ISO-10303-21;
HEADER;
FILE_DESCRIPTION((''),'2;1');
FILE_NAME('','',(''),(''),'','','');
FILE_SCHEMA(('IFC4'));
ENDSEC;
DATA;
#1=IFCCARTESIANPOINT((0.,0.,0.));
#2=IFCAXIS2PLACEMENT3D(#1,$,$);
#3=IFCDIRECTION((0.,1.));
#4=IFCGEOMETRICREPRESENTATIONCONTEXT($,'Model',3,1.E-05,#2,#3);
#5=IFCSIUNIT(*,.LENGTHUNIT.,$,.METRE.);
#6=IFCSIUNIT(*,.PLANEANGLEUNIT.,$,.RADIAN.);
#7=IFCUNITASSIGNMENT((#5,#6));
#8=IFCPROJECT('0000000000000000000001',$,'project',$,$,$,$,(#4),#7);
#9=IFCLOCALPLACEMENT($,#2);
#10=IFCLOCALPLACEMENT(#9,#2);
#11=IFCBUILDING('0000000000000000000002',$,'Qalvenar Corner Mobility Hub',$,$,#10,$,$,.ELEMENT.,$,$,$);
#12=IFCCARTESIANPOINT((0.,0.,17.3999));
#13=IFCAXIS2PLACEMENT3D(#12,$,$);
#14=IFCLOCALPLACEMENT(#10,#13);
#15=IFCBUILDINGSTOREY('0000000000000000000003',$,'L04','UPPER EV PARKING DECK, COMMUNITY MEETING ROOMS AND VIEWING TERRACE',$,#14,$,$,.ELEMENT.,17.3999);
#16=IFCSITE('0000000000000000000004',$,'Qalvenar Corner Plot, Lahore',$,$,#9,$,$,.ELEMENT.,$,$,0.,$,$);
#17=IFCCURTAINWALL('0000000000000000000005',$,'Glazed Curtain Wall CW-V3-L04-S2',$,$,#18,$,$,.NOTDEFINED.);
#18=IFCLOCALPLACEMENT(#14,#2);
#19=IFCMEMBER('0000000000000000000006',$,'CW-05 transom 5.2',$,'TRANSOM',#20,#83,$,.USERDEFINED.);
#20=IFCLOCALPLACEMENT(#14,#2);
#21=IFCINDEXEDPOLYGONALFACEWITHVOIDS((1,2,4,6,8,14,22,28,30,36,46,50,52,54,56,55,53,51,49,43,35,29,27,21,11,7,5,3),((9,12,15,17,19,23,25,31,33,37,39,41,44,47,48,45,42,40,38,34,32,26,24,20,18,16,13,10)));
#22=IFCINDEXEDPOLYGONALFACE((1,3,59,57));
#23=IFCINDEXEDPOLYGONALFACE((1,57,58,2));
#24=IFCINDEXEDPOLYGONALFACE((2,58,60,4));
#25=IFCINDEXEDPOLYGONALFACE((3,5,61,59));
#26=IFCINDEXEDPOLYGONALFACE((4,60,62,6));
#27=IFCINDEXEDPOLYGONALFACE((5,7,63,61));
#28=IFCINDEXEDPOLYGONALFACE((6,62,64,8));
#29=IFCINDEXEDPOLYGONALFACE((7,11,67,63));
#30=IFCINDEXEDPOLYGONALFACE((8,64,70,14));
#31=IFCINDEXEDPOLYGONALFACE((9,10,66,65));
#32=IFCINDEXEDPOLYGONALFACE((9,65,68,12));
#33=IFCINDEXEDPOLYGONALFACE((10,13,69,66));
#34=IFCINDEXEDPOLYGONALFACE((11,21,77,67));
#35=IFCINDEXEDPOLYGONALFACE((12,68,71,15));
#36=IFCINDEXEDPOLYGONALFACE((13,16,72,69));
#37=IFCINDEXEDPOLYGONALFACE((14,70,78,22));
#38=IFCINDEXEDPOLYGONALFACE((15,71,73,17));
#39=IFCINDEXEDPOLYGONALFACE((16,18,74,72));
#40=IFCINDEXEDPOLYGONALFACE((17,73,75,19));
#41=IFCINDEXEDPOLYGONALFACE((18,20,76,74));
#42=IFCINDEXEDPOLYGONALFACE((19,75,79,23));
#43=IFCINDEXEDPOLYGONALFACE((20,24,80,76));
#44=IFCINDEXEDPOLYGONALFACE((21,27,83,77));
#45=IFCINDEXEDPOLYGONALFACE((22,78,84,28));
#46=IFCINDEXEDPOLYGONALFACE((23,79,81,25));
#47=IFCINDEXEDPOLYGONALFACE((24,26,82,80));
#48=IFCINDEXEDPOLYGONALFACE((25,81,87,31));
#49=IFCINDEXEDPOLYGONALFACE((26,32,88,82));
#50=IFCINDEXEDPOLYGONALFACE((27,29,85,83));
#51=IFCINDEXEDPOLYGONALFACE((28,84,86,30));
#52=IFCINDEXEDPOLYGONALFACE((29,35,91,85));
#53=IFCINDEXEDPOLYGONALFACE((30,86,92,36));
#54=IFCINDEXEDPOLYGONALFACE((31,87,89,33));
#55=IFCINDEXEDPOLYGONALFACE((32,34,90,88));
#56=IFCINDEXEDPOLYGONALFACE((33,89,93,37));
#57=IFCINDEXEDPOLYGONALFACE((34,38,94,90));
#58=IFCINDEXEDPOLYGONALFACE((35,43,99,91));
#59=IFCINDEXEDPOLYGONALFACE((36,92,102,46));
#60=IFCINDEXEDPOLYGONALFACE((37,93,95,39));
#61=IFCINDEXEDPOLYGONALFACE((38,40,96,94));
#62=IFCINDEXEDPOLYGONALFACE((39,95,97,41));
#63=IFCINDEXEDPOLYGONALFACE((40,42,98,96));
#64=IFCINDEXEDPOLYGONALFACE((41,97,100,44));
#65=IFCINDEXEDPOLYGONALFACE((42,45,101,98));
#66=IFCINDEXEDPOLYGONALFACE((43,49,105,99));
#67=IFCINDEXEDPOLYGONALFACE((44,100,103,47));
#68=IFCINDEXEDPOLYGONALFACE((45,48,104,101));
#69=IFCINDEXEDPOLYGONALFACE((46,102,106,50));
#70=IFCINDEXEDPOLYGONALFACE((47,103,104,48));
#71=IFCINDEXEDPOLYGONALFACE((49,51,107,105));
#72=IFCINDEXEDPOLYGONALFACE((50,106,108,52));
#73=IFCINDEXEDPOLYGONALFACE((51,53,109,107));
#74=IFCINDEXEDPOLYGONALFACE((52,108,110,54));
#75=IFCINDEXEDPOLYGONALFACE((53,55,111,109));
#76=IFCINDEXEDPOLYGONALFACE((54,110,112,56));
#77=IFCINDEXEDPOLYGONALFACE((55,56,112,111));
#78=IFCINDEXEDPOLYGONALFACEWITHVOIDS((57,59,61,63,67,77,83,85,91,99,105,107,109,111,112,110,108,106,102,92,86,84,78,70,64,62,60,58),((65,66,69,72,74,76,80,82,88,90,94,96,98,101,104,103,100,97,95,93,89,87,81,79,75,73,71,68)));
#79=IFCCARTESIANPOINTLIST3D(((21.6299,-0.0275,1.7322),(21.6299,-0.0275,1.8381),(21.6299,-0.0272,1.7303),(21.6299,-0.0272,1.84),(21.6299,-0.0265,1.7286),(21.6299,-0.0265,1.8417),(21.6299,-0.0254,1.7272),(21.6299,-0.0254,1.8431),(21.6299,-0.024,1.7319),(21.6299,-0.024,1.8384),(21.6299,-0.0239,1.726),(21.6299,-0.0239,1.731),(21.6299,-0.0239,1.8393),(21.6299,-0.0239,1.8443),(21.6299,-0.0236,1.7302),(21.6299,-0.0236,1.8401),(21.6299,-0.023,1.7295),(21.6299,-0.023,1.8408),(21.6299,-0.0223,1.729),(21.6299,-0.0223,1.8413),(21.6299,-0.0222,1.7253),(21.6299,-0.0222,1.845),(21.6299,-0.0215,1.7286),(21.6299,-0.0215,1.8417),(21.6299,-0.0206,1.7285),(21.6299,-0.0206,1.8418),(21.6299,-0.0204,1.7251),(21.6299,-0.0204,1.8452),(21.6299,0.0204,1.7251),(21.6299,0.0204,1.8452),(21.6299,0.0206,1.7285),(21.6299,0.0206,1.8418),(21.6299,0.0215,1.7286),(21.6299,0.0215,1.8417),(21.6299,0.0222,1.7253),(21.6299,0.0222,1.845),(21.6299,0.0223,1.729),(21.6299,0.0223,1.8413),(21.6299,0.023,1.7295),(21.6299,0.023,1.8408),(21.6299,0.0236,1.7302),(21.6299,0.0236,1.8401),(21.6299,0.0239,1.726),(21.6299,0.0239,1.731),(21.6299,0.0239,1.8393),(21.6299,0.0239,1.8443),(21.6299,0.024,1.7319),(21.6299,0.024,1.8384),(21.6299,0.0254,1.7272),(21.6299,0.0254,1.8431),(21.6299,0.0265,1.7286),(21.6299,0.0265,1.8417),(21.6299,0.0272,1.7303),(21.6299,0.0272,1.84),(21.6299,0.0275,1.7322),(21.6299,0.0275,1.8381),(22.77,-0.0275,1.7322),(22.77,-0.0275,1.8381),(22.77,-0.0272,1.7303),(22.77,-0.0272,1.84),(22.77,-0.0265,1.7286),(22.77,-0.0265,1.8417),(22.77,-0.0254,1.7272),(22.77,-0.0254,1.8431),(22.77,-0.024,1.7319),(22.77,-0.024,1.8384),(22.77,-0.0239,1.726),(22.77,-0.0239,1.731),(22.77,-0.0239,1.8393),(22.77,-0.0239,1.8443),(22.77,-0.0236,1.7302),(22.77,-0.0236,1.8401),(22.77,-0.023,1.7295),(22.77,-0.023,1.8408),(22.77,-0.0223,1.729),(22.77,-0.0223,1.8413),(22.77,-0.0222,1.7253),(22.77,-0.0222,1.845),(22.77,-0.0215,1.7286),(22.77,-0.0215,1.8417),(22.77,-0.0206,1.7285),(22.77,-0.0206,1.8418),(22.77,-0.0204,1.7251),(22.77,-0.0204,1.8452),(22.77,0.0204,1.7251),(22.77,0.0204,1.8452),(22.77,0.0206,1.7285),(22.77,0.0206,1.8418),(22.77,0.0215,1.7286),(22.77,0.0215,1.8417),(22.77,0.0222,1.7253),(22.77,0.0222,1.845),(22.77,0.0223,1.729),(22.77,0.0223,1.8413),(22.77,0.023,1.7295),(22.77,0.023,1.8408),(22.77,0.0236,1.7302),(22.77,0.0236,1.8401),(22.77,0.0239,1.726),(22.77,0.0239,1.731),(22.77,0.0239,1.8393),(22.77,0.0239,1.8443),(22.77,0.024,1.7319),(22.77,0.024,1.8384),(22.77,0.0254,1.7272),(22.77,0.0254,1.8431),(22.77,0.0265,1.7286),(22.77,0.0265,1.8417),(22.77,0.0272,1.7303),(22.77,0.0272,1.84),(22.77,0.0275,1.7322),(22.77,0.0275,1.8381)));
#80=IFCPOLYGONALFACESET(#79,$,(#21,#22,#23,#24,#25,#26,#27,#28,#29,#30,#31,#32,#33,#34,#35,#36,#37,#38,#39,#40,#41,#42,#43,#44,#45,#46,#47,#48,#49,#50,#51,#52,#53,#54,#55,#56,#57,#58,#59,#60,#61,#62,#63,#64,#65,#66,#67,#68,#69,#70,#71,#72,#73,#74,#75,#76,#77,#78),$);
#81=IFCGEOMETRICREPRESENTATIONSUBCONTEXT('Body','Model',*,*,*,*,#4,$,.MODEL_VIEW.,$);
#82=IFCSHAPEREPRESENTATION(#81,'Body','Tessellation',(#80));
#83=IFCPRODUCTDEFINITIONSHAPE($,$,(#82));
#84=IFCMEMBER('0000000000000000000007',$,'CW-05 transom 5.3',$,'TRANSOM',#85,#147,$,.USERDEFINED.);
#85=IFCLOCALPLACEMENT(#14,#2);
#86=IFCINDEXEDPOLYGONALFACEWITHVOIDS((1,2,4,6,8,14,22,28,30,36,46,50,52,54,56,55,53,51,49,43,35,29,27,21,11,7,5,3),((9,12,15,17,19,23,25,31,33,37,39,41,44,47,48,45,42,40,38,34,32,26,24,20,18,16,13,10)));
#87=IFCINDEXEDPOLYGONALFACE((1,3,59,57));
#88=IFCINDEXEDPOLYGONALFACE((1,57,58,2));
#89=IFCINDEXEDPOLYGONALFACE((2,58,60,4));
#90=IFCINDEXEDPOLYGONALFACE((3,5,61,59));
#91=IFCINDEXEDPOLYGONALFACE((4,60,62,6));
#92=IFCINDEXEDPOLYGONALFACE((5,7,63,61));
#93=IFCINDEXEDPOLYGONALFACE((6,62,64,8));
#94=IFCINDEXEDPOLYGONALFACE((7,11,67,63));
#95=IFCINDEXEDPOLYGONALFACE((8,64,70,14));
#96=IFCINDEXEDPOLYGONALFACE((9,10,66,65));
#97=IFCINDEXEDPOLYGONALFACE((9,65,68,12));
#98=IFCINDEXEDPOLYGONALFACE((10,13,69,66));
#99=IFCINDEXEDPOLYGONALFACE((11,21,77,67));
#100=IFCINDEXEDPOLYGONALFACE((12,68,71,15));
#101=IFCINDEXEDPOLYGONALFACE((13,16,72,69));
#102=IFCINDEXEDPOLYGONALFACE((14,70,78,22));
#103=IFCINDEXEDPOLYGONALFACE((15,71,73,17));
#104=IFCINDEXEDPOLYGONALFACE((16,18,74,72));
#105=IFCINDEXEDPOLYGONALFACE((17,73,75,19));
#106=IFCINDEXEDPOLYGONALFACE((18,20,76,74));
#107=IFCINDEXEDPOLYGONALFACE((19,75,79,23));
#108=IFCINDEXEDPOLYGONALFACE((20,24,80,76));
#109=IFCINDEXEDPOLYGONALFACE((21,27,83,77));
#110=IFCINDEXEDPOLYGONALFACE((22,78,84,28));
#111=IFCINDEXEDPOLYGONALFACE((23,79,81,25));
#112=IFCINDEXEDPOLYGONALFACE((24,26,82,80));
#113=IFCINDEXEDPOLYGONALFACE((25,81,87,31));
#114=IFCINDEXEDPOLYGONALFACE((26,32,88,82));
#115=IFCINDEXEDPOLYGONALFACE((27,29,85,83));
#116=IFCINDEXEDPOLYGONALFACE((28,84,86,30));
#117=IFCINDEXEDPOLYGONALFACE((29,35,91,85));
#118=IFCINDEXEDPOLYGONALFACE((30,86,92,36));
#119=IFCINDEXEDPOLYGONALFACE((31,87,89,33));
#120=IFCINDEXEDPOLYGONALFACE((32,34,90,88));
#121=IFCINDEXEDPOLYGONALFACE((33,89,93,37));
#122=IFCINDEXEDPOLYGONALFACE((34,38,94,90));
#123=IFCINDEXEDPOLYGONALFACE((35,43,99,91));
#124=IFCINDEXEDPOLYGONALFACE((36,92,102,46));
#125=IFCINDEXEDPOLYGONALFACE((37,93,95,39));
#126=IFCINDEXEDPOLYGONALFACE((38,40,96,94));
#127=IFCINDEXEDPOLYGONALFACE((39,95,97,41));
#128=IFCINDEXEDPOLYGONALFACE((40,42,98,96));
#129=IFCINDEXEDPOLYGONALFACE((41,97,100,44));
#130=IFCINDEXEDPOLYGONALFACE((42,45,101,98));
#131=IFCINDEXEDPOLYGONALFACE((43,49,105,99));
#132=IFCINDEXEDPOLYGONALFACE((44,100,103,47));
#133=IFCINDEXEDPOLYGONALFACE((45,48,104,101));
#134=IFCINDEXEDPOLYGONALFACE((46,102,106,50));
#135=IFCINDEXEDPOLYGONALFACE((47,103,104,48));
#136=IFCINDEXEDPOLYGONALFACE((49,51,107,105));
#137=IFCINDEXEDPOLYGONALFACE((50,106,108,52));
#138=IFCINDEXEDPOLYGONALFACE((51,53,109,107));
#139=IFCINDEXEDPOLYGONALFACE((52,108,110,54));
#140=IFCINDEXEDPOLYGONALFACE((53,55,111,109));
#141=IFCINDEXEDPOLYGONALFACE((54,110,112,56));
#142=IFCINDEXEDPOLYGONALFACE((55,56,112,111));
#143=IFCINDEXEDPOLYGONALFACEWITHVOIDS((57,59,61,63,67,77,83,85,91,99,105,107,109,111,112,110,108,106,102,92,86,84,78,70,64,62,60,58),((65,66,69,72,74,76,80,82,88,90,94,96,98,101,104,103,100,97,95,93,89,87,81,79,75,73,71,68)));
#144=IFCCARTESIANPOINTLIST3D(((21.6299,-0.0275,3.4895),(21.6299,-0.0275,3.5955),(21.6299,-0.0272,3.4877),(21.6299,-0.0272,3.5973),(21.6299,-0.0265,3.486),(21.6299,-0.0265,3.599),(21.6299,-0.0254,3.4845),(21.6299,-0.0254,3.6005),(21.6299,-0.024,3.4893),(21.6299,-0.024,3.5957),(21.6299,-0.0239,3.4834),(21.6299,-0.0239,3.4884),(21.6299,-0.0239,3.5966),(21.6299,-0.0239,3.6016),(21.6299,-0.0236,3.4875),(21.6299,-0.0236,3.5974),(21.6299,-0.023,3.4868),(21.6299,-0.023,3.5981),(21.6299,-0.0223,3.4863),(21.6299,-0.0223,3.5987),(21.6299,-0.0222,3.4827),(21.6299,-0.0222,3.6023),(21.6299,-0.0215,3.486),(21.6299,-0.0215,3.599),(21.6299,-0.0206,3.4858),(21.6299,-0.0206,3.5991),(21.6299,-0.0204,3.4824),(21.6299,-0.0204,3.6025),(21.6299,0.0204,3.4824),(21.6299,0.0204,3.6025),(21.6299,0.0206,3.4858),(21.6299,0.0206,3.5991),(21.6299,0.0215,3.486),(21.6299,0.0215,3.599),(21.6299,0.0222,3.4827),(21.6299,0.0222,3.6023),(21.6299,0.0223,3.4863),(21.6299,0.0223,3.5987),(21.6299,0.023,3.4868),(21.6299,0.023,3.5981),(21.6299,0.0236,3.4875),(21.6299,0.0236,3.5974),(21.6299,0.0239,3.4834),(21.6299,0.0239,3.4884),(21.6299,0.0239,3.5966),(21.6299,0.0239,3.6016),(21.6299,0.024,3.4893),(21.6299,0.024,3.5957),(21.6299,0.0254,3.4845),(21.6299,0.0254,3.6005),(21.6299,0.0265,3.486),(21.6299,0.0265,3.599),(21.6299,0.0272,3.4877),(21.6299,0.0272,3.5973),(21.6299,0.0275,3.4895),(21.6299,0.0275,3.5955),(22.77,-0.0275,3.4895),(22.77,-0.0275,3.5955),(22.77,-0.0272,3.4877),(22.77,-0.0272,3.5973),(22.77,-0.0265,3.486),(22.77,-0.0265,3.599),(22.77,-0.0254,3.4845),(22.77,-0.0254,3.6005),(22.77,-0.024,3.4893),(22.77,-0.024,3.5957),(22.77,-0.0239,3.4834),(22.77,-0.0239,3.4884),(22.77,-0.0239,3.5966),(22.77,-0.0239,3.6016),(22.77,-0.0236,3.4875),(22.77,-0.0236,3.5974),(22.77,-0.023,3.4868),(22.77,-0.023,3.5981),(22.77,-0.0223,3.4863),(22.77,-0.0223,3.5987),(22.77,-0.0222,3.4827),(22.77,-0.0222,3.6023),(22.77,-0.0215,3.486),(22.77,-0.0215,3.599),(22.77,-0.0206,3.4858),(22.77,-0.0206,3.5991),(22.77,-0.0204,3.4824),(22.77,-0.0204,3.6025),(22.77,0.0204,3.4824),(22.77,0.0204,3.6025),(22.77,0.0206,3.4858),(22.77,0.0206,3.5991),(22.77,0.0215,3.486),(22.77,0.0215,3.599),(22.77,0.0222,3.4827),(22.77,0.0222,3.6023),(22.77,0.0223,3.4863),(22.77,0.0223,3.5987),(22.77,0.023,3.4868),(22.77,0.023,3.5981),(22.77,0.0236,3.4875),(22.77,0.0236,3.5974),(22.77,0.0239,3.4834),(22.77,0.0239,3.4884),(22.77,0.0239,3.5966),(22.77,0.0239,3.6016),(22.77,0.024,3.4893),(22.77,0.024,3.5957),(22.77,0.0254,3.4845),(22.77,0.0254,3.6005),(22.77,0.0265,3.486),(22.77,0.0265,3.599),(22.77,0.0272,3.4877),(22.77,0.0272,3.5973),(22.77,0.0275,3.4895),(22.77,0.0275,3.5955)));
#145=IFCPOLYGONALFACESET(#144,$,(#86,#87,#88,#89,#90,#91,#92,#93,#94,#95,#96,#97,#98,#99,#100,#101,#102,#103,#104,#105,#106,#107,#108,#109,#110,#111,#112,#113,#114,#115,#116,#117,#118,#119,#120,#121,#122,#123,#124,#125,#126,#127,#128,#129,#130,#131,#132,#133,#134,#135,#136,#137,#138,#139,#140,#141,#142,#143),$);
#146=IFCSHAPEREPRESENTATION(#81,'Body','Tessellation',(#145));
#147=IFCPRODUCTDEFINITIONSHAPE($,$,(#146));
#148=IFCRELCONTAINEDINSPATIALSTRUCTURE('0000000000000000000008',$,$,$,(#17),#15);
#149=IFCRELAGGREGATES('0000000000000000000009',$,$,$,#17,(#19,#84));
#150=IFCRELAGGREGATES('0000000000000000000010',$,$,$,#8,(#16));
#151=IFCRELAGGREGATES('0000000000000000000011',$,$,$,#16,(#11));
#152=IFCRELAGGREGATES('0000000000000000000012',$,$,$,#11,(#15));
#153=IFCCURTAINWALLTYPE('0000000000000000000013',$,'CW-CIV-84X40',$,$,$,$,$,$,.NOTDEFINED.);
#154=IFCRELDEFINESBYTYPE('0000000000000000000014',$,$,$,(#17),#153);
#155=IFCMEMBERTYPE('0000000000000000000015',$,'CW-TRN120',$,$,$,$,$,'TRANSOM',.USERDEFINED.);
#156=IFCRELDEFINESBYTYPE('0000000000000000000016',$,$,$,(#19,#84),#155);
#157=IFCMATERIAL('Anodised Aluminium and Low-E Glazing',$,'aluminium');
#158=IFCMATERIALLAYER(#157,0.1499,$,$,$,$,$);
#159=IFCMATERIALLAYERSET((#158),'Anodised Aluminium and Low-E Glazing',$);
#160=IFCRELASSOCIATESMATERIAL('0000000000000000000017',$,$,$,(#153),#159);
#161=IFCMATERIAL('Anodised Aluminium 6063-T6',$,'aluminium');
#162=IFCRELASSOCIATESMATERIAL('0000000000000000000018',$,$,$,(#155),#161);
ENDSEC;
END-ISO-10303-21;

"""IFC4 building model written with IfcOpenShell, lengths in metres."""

from ifc_helpers import new_model, si_unit, direction, frame, origin, origin_2d, place, context, subcontext, project, spatial, hollow_rectangle, extrude, material, layer, layer_set, material_profile, profile_set, type_object, element, aggregate, save


model = new_model("IFC4")

# Units and contexts
model_context = context("Model", 3, precision=1e-05, world=origin(), true_north=direction((0.0, 1.0)))
body_context = subcontext(model_context, "Body", "Model", "MODEL_VIEW")
ifc_project = project(units=[si_unit("LENGTHUNIT", "METRE"), si_unit("PLANEANGLEUNIT", "RADIAN")], contexts=[model_context])

# Site, building, storey
site_placement = place(None, origin())
site = spatial("IfcSite", under=ifc_project, at=site_placement, Name="Qalvenar Corner Plot, Lahore", CompositionType="ELEMENT", RefElevation=0.0)
building_placement = place(site_placement, origin())
building = spatial("IfcBuilding", under=site, at=building_placement, Name="Qalvenar Corner Mobility Hub", CompositionType="ELEMENT")
storey_placement = place(building_placement, frame((0.0, 0.0, 17.3999)))
storey = spatial("IfcBuildingStorey", under=building, at=storey_placement, Name="L04", Description="UPPER EV PARKING DECK, COMMUNITY MEETING ROOMS AND VIEWING TERRACE", CompositionType="ELEMENT", Elevation=17.3999)

# Curtain wall, members
ifc_material_1 = material(Name="Anodised Aluminium and Low-E Glazing", Category="aluminium")
ifc_layer_1 = layer(ifc_material_1, 0.1499)
ifc_layer_set_1 = layer_set([ifc_layer_1], Name="Anodised Aluminium and Low-E Glazing")
curtain_wall_type = type_object("IfcCurtainWallType", Name="CW-CIV-84X40", PredefinedType="NOTDEFINED", material=ifc_layer_set_1)
curtain_wall_placement = place(storey_placement, origin())
curtain_wall = element("IfcCurtainWall", 1, at=curtain_wall_placement, inside=storey, type_object=curtain_wall_type, Name="Glazed Curtain Wall CW-V3-L04-S2", PredefinedType="NOTDEFINED")
ifc_material_2 = material(Name="Anodised Aluminium 6063-T6", Category="aluminium")
ifc_material_profile_1 = material_profile(ifc_material_2, hollow_rectangle(XDim=0.0549, YDim=0.1201, WallThickness=0.0034, InnerFilletRadius=0.0034, OuterFilletRadius=0.0071, at=origin_2d()), Name="RHS120x55x3.5")
ifc_profile_set_1 = profile_set([ifc_material_profile_1], Name="Anodised Aluminium 6063-T6")
member_type_1 = type_object("IfcMemberType", Name="CW-TRN120", ElementType="TRANSOM", PredefinedType="USERDEFINED", material=ifc_profile_set_1)
member_1_placement = place(storey_placement, frame((21.6299, 0.0, 1.7852), z_axis=(1.0, 0.0, 0.0), x_axis=(0.0, 1.0, 0.0)))
member_1 = element("IfcMember", 2, at=member_1_placement, type_object=member_type_1, Name="CW-05 transom 5.2", ObjectType="TRANSOM", PredefinedType="USERDEFINED", context=body_context, shape_type="SweptSolid", body=[
    extrude(hollow_rectangle(XDim=0.0549, YDim=0.1201, WallThickness=0.0034, InnerFilletRadius=0.0034, OuterFilletRadius=0.0071, at=origin_2d()), origin(), (0.0, 0.0, 1.0), 1.1401),
])
member_2_placement = place(storey_placement, frame((21.6299, 0.0, 3.5425), z_axis=(1.0, 0.0, 0.0), x_axis=(0.0, 1.0, 0.0)))
member_2 = element("IfcMember", 3, at=member_2_placement, type_object=member_type_1, Name="CW-05 transom 5.3", ObjectType="TRANSOM", PredefinedType="USERDEFINED", context=body_context, shape_type="SweptSolid", body=[
    extrude(hollow_rectangle(XDim=0.0549, YDim=0.1201, WallThickness=0.0034, InnerFilletRadius=0.0034, OuterFilletRadius=0.0071, at=origin_2d()), origin(), (0.0, 0.0, 1.0), 1.1401),
])
aggregate(curtain_wall, [member_1, member_2])

save(model, "model.ifc")
